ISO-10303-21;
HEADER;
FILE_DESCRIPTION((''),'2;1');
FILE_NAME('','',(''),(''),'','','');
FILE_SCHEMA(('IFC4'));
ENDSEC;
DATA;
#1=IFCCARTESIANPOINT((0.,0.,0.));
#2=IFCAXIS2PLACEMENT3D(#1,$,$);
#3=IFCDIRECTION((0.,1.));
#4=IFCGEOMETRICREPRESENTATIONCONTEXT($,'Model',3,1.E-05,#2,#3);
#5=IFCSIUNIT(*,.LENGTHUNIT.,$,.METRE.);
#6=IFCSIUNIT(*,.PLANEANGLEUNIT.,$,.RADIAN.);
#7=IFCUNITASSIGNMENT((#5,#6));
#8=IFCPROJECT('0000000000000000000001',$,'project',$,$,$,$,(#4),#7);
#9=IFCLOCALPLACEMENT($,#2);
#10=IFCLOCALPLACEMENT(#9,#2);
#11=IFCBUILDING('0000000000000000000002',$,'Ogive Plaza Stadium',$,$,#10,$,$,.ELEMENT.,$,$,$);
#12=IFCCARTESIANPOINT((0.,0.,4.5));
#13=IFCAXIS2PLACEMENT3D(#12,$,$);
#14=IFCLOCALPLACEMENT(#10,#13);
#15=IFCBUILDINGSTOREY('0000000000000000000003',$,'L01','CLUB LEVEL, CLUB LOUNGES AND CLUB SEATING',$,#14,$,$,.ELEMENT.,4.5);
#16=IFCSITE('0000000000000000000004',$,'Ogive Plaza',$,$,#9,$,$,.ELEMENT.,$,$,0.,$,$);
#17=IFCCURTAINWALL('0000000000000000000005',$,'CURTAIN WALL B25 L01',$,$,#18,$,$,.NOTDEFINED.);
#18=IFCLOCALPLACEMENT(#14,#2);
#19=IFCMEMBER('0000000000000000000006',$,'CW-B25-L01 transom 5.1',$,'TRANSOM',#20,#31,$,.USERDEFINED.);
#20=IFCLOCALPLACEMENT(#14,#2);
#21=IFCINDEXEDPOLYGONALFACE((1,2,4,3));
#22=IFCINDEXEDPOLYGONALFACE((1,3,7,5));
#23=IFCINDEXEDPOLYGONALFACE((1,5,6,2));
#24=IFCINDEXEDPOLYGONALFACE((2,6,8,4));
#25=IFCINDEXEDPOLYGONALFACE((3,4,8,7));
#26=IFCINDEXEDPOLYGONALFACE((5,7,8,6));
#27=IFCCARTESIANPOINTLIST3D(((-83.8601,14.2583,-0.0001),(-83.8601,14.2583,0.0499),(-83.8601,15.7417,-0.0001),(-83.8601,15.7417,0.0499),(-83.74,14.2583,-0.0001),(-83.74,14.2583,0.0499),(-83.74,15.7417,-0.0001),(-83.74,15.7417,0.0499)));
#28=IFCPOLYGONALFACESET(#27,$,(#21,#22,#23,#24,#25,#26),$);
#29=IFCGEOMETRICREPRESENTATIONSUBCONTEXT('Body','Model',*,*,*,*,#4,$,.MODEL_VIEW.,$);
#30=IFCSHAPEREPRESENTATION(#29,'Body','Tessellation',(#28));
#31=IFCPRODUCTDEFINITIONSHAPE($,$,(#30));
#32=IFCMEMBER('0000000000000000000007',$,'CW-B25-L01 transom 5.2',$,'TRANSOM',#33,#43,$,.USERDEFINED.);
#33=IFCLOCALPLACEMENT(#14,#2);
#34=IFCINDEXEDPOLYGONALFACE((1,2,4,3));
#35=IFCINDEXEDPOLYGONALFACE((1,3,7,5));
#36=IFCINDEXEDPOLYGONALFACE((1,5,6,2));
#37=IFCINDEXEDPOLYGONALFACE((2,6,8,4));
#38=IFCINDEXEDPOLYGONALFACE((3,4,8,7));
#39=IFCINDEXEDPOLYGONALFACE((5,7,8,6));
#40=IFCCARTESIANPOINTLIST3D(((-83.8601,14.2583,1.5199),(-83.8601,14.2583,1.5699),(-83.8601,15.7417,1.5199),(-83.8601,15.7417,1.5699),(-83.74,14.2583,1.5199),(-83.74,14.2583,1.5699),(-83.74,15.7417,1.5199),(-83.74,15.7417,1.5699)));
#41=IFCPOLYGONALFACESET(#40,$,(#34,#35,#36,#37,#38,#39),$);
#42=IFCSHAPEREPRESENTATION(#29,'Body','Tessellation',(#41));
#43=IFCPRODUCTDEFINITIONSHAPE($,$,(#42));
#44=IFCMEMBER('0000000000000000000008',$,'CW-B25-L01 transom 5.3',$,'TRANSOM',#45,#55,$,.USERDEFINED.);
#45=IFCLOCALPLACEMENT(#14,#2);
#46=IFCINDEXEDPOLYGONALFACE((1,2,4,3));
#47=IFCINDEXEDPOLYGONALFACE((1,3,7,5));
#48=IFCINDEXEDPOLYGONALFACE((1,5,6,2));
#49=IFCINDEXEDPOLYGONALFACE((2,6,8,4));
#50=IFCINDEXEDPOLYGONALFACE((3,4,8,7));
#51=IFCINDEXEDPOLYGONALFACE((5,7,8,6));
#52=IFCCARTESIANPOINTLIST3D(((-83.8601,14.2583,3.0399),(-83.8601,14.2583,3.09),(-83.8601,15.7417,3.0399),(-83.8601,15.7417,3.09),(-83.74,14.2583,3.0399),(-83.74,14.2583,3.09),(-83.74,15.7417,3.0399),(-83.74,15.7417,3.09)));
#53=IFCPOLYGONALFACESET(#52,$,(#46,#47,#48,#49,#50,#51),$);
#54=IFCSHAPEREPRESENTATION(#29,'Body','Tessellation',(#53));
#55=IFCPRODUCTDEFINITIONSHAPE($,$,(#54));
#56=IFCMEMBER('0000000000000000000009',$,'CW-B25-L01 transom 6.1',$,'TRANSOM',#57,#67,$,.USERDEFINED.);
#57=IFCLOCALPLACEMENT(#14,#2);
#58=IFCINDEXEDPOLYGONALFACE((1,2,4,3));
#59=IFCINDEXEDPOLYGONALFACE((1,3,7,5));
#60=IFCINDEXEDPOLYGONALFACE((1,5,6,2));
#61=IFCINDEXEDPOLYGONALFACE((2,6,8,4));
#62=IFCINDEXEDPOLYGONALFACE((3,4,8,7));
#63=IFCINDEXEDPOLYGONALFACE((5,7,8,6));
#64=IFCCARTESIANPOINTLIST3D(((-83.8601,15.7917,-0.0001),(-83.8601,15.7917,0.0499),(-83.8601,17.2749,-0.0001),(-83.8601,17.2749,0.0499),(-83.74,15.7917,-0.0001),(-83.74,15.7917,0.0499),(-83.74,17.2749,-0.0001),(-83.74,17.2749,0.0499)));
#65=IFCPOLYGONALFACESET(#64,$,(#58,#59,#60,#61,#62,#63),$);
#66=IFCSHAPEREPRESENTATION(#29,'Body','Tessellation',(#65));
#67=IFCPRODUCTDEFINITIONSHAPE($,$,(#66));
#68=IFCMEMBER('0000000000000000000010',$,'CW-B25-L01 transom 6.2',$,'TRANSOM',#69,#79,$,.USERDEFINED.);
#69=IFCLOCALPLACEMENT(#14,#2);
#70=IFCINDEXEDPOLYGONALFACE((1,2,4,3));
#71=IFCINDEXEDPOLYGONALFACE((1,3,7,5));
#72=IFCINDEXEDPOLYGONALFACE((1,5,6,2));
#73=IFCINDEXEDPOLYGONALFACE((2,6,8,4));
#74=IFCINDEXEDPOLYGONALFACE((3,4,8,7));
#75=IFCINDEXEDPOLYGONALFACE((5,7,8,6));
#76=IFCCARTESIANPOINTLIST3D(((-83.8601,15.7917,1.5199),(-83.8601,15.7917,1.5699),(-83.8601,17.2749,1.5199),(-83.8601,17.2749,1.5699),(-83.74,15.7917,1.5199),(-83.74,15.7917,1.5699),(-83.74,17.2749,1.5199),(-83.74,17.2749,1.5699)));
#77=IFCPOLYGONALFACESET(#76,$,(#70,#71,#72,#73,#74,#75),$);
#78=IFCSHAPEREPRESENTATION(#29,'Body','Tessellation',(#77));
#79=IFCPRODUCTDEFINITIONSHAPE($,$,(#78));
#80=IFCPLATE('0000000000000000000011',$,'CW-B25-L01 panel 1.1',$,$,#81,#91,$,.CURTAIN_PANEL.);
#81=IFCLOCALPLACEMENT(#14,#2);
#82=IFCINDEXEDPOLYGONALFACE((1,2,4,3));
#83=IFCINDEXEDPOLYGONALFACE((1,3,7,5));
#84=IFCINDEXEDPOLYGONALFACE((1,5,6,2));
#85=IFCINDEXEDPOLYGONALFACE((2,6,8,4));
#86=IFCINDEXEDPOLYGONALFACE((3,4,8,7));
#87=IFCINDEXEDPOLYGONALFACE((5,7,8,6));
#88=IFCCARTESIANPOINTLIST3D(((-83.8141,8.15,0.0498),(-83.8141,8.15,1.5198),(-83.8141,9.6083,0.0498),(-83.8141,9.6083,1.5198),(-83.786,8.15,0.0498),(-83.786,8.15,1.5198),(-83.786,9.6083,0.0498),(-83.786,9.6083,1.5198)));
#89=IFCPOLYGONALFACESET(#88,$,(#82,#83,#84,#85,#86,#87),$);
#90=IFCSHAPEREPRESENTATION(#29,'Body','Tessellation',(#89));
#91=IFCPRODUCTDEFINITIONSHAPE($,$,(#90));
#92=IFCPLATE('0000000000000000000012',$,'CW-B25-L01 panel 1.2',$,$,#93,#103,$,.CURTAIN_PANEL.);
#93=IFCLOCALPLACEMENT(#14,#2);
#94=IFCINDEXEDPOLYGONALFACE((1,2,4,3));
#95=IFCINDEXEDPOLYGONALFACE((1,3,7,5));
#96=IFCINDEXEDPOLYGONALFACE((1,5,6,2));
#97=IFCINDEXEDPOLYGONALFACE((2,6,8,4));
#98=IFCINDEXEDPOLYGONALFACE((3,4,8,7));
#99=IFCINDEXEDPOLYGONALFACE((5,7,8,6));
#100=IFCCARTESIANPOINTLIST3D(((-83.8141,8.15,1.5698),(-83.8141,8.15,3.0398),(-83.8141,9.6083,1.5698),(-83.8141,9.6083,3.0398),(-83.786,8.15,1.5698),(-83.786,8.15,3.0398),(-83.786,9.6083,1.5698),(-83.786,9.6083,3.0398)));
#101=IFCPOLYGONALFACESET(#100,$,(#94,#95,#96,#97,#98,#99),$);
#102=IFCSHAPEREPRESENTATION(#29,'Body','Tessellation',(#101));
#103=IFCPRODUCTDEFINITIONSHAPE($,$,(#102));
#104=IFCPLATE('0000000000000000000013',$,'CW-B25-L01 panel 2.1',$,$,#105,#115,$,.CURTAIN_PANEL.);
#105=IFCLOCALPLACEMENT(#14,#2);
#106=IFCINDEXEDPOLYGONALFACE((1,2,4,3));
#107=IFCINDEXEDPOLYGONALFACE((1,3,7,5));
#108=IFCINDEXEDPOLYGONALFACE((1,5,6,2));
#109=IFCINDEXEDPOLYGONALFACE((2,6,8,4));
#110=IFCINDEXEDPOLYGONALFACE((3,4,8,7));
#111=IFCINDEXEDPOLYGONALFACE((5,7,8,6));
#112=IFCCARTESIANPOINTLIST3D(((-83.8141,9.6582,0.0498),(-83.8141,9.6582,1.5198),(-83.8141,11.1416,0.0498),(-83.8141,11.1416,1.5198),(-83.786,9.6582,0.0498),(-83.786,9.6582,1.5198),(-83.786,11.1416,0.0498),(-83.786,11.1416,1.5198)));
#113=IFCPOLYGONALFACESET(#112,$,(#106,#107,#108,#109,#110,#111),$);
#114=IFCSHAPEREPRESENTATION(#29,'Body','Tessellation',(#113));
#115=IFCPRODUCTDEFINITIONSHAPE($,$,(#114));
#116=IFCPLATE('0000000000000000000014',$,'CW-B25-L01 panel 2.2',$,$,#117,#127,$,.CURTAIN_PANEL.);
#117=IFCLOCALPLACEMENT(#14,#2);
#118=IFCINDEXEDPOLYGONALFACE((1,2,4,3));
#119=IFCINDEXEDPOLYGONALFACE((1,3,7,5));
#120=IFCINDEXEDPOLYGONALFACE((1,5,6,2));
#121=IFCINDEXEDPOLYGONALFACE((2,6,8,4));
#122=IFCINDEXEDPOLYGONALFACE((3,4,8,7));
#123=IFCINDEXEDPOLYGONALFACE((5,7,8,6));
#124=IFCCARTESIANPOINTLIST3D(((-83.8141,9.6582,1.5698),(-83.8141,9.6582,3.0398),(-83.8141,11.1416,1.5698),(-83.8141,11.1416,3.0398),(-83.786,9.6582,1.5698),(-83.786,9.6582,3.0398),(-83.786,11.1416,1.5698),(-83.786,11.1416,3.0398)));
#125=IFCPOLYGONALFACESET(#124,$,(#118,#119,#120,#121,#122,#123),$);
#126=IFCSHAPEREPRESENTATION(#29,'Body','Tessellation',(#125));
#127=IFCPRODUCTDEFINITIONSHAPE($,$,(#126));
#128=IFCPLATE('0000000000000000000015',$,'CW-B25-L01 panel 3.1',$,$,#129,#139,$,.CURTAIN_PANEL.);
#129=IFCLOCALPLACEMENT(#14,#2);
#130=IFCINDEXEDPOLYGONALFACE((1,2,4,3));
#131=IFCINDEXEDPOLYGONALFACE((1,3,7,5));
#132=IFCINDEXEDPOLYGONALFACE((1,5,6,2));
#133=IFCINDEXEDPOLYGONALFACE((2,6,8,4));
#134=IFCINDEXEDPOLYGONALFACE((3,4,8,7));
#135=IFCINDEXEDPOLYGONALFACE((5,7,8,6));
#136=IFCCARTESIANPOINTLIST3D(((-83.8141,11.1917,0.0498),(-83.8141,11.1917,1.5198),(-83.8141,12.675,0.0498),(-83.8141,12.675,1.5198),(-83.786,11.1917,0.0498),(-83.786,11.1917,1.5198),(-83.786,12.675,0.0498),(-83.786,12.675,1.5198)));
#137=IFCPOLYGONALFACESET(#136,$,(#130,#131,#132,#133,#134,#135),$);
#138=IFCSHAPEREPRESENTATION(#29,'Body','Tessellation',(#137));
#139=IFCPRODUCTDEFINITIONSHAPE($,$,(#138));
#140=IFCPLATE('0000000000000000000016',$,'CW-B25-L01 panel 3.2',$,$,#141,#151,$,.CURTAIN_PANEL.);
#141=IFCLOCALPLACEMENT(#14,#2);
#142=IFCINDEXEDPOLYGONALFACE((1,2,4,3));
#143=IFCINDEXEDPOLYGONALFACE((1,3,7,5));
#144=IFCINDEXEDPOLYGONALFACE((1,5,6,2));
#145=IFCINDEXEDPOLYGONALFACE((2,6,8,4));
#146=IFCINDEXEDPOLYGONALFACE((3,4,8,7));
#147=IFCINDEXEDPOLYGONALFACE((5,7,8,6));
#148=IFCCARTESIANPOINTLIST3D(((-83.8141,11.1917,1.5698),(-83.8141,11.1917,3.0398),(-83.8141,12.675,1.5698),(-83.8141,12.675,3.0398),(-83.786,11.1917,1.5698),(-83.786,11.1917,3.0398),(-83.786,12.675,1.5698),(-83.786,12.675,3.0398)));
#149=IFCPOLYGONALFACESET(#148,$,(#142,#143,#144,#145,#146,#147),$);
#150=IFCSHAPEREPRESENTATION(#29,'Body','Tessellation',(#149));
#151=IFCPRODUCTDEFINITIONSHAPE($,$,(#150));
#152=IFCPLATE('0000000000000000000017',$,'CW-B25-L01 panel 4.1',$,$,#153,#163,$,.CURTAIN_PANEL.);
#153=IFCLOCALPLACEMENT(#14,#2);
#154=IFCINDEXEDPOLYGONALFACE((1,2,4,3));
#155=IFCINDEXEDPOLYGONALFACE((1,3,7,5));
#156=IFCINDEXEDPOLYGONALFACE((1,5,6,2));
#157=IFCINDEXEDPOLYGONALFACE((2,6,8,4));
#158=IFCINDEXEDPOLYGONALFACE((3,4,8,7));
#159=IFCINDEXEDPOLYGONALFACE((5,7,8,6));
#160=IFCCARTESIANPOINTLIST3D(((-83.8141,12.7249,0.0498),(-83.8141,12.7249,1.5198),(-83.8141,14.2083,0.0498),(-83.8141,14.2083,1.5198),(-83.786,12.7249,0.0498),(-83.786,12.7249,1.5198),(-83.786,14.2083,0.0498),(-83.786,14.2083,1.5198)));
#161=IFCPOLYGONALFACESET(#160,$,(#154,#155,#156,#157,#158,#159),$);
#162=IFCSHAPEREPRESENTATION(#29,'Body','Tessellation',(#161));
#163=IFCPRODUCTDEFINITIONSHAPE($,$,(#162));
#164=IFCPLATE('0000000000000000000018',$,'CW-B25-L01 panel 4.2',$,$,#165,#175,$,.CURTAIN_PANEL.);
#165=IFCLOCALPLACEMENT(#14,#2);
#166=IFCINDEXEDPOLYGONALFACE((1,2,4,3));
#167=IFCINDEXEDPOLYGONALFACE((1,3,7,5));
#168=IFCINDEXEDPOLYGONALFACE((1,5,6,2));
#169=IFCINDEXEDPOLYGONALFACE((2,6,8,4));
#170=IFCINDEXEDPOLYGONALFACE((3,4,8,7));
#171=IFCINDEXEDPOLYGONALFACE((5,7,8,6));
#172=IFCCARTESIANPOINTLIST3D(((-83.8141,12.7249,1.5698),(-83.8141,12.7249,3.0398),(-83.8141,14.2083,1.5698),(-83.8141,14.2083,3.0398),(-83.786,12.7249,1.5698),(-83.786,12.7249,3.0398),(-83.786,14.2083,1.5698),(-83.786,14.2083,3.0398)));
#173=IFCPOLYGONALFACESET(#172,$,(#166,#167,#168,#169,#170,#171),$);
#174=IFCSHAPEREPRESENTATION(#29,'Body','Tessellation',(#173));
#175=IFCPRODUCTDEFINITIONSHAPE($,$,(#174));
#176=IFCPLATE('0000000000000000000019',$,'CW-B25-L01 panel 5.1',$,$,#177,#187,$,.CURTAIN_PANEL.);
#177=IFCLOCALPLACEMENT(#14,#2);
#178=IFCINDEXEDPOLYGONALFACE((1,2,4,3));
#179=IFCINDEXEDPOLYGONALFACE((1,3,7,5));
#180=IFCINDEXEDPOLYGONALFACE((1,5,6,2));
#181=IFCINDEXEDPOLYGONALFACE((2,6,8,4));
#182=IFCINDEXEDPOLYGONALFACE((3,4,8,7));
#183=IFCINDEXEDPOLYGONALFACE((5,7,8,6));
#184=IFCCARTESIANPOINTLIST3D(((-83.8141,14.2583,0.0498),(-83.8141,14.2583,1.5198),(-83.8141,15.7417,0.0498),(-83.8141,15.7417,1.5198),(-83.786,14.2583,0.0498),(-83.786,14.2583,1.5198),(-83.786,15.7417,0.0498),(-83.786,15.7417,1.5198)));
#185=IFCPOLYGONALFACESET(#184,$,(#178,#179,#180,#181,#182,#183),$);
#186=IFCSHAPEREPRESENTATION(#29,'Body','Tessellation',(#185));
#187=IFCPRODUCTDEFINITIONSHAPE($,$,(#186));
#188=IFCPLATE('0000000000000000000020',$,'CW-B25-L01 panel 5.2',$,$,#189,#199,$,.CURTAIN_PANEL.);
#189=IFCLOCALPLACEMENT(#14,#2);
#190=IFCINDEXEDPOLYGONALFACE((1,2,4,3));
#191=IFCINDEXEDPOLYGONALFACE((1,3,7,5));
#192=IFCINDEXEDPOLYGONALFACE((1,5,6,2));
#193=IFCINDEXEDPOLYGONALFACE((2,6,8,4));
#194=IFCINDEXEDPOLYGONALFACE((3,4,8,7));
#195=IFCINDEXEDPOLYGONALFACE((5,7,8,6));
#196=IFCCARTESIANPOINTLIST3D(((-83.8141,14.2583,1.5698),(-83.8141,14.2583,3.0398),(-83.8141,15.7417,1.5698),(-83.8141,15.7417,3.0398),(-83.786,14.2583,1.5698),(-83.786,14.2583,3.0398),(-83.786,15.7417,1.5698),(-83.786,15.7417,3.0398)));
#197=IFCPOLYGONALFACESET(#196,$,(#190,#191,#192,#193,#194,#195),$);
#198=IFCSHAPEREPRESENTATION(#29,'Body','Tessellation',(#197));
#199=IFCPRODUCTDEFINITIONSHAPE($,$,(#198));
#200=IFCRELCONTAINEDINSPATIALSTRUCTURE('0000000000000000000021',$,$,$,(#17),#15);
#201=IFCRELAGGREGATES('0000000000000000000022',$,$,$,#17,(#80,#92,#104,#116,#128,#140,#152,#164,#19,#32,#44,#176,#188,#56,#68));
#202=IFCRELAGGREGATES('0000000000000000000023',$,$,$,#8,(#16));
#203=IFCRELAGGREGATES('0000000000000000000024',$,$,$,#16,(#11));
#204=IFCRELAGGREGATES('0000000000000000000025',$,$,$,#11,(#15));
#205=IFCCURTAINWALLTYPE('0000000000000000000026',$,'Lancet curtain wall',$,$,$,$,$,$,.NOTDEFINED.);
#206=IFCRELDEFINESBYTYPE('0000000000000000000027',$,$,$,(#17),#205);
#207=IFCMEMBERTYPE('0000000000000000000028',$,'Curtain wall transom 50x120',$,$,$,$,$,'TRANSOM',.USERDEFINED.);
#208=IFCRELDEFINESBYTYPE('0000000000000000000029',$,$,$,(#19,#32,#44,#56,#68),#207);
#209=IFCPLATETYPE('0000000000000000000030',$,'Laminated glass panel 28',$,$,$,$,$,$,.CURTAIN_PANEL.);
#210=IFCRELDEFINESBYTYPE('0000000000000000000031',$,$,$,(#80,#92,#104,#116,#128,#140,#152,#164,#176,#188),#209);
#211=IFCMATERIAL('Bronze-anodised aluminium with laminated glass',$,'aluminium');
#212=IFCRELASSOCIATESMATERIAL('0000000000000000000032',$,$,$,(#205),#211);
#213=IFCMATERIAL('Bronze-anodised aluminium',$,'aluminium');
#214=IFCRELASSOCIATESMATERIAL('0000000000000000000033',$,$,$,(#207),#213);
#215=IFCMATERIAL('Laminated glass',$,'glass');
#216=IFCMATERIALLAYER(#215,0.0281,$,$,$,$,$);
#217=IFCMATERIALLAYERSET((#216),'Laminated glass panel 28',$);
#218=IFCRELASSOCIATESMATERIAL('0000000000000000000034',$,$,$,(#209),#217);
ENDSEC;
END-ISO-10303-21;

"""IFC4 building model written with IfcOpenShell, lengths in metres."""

from ifc_helpers import new_model, si_unit, direction, frame, origin, origin_2d, place, context, subcontext, project, spatial, rectangle, extrude, material, layer, layer_set, material_profile, profile_set, type_object, element, aggregate, save


model = new_model("IFC4")

# Units and contexts
model_context = context("Model", 3, precision=1e-05, world=origin(), true_north=direction((0.0, 1.0)))
body_context = subcontext(model_context, "Body", "Model", "MODEL_VIEW")
ifc_project = project(units=[si_unit("LENGTHUNIT", "METRE"), si_unit("PLANEANGLEUNIT", "RADIAN")], contexts=[model_context])

# Site, building, storey
site_placement = place(None, origin())
site = spatial("IfcSite", under=ifc_project, at=site_placement, Name="Ogive Plaza", CompositionType="ELEMENT", RefElevation=0.0)
building_placement = place(site_placement, origin())
building = spatial("IfcBuilding", under=site, at=building_placement, Name="Ogive Plaza Stadium", CompositionType="ELEMENT")
storey_placement = place(building_placement, frame((0.0, 0.0, 4.5)))
storey = spatial("IfcBuildingStorey", under=building, at=storey_placement, Name="L01", Description="CLUB LEVEL, CLUB LOUNGES AND CLUB SEATING", CompositionType="ELEMENT", Elevation=4.5)

# Curtain wall, members, plates
ifc_material_1 = material(Name="Bronze-anodised aluminium with laminated glass", Category="aluminium")
curtain_wall_type = type_object("IfcCurtainWallType", Name="Lancet curtain wall", PredefinedType="NOTDEFINED", material=ifc_material_1)
curtain_wall_placement = place(storey_placement, origin())
curtain_wall = element("IfcCurtainWall", 1, at=curtain_wall_placement, inside=storey, type_object=curtain_wall_type, Name="CURTAIN WALL B25 L01", PredefinedType="NOTDEFINED")
ifc_material_2 = material(Name="Bronze-anodised aluminium", Category="aluminium")
ifc_material_profile_1 = material_profile(ifc_material_2, rectangle(XDim=0.1201, YDim=0.05, at=origin_2d()), Name="AL 120x50")
ifc_profile_set_1 = profile_set([ifc_material_profile_1], Name="Bronze-anodised aluminium")
member_type_1 = type_object("IfcMemberType", Name="Curtain wall transom 50x120", ElementType="TRANSOM", PredefinedType="USERDEFINED", material=ifc_profile_set_1)
member_1_placement = place(storey_placement, frame((-83.8, 14.2583, 0.0249), z_axis=(0.0, 1.0, 0.0), x_axis=(-1.0, 0.0, 0.0)))
member_1 = element("IfcMember", 2, at=member_1_placement, type_object=member_type_1, Name="CW-B25-L01 transom 5.1", ObjectType="TRANSOM", PredefinedType="USERDEFINED", context=body_context, shape_type="SweptSolid", body=[
    extrude(rectangle(XDim=0.1201, YDim=0.05, at=origin_2d()), origin(), (0.0, 0.0, 1.0), 1.4834),
])
member_2_placement = place(storey_placement, frame((-83.8, 14.2583, 1.5449), z_axis=(0.0, 1.0, 0.0), x_axis=(-1.0, 0.0, 0.0)))
member_2 = element("IfcMember", 3, at=member_2_placement, type_object=member_type_1, Name="CW-B25-L01 transom 5.2", ObjectType="TRANSOM", PredefinedType="USERDEFINED", context=body_context, shape_type="SweptSolid", body=[
    extrude(rectangle(XDim=0.1201, YDim=0.05, at=origin_2d()), origin(), (0.0, 0.0, 1.0), 1.4834),
])
member_3_placement = place(storey_placement, frame((-83.8, 14.2583, 3.0649), z_axis=(0.0, 1.0, 0.0), x_axis=(-1.0, 0.0, 0.0)))
member_3 = element("IfcMember", 4, at=member_3_placement, type_object=member_type_1, Name="CW-B25-L01 transom 5.3", ObjectType="TRANSOM", PredefinedType="USERDEFINED", context=body_context, shape_type="SweptSolid", body=[
    extrude(rectangle(XDim=0.1201, YDim=0.05, at=origin_2d()), origin(), (0.0, 0.0, 1.0), 1.4834),
])
member_4_placement = place(storey_placement, frame((-83.8, 15.7917, 0.0249), z_axis=(0.0, 1.0, 0.0), x_axis=(-1.0, 0.0, 0.0)))
member_4 = element("IfcMember", 5, at=member_4_placement, type_object=member_type_1, Name="CW-B25-L01 transom 6.1", ObjectType="TRANSOM", PredefinedType="USERDEFINED", context=body_context, shape_type="SweptSolid", body=[
    extrude(rectangle(XDim=0.1201, YDim=0.05, at=origin_2d()), origin(), (0.0, 0.0, 1.0), 1.4832),
])
member_5_placement = place(storey_placement, frame((-83.8, 15.7917, 1.5449), z_axis=(0.0, 1.0, 0.0), x_axis=(-1.0, 0.0, 0.0)))
member_5 = element("IfcMember", 6, at=member_5_placement, type_object=member_type_1, Name="CW-B25-L01 transom 6.2", ObjectType="TRANSOM", PredefinedType="USERDEFINED", context=body_context, shape_type="SweptSolid", body=[
    extrude(rectangle(XDim=0.1201, YDim=0.05, at=origin_2d()), origin(), (0.0, 0.0, 1.0), 1.4832),
])
ifc_material_3 = material(Name="Laminated glass", Category="glass")
ifc_layer_1 = layer(ifc_material_3, 0.0281)
ifc_layer_set_1 = layer_set([ifc_layer_1], Name="Laminated glass panel 28")
plate_type = type_object("IfcPlateType", Name="Laminated glass panel 28", PredefinedType="CURTAIN_PANEL", material=ifc_layer_set_1)
plate_1_placement = place(storey_placement, frame((-83.8, 8.8792, 0.0498), z_axis=(0.0, 0.0, 1.0), x_axis=(0.0, 1.0, 0.0)))
plate_1 = element("IfcPlate", 7, at=plate_1_placement, type_object=plate_type, Name="CW-B25-L01 panel 1.1", PredefinedType="CURTAIN_PANEL", context=body_context, shape_type="SweptSolid", body=[
    extrude(rectangle(XDim=1.4583, YDim=0.0281, at=origin_2d()), origin(), (0.0, 0.0, 1.0), 1.47),
])
plate_2_placement = place(storey_placement, frame((-83.8, 8.8792, 1.5698), z_axis=(0.0, 0.0, 1.0), x_axis=(0.0, 1.0, 0.0)))
plate_2 = element("IfcPlate", 8, at=plate_2_placement, type_object=plate_type, Name="CW-B25-L01 panel 1.2", PredefinedType="CURTAIN_PANEL", context=body_context, shape_type="SweptSolid", body=[
    extrude(rectangle(XDim=1.4583, YDim=0.0281, at=origin_2d()), origin(), (0.0, 0.0, 1.0), 1.47),
])
plate_3_placement = place(storey_placement, frame((-83.8, 10.3999, 0.0498), z_axis=(0.0, 0.0, 1.0), x_axis=(0.0, 1.0, 0.0)))
plate_3 = element("IfcPlate", 9, at=plate_3_placement, type_object=plate_type, Name="CW-B25-L01 panel 2.1", PredefinedType="CURTAIN_PANEL", context=body_context, shape_type="SweptSolid", body=[
    extrude(rectangle(XDim=1.4834, YDim=0.0281, at=origin_2d()), origin(), (0.0, 0.0, 1.0), 1.47),
])
plate_4_placement = place(storey_placement, frame((-83.8, 10.3999, 1.5698), z_axis=(0.0, 0.0, 1.0), x_axis=(0.0, 1.0, 0.0)))
plate_4 = element("IfcPlate", 10, at=plate_4_placement, type_object=plate_type, Name="CW-B25-L01 panel 2.2", PredefinedType="CURTAIN_PANEL", context=body_context, shape_type="SweptSolid", body=[
    extrude(rectangle(XDim=1.4834, YDim=0.0281, at=origin_2d()), origin(), (0.0, 0.0, 1.0), 1.47),
])
plate_5_placement = place(storey_placement, frame((-83.8, 11.9333, 0.0498), z_axis=(0.0, 0.0, 1.0), x_axis=(0.0, 1.0, 0.0)))
plate_5 = element("IfcPlate", 11, at=plate_5_placement, type_object=plate_type, Name="CW-B25-L01 panel 3.1", PredefinedType="CURTAIN_PANEL", context=body_context, shape_type="SweptSolid", body=[
    extrude(rectangle(XDim=1.4834, YDim=0.0281, at=origin_2d()), origin(), (0.0, 0.0, 1.0), 1.47),
])
plate_6_placement = place(storey_placement, frame((-83.8, 11.9333, 1.5698), z_axis=(0.0, 0.0, 1.0), x_axis=(0.0, 1.0, 0.0)))
plate_6 = element("IfcPlate", 12, at=plate_6_placement, type_object=plate_type, Name="CW-B25-L01 panel 3.2", PredefinedType="CURTAIN_PANEL", context=body_context, shape_type="SweptSolid", body=[
    extrude(rectangle(XDim=1.4834, YDim=0.0281, at=origin_2d()), origin(), (0.0, 0.0, 1.0), 1.47),
])
plate_7_placement = place(storey_placement, frame((-83.8, 13.4666, 0.0498), z_axis=(0.0, 0.0, 1.0), x_axis=(0.0, 1.0, 0.0)))
plate_7 = element("IfcPlate", 13, at=plate_7_placement, type_object=plate_type, Name="CW-B25-L01 panel 4.1", PredefinedType="CURTAIN_PANEL", context=body_context, shape_type="SweptSolid", body=[
    extrude(rectangle(XDim=1.4834, YDim=0.0281, at=origin_2d()), origin(), (0.0, 0.0, 1.0), 1.47),
])
plate_8_placement = place(storey_placement, frame((-83.8, 13.4666, 1.5698), z_axis=(0.0, 0.0, 1.0), x_axis=(0.0, 1.0, 0.0)))
plate_8 = element("IfcPlate", 14, at=plate_8_placement, type_object=plate_type, Name="CW-B25-L01 panel 4.2", PredefinedType="CURTAIN_PANEL", context=body_context, shape_type="SweptSolid", body=[
    extrude(rectangle(XDim=1.4834, YDim=0.0281, at=origin_2d()), origin(), (0.0, 0.0, 1.0), 1.47),
])
plate_9_placement = place(storey_placement, frame((-83.8, 15.0, 0.0498), z_axis=(0.0, 0.0, 1.0), x_axis=(0.0, 1.0, 0.0)))
plate_9 = element("IfcPlate", 15, at=plate_9_placement, type_object=plate_type, Name="CW-B25-L01 panel 5.1", PredefinedType="CURTAIN_PANEL", context=body_context, shape_type="SweptSolid", body=[
    extrude(rectangle(XDim=1.4834, YDim=0.0281, at=origin_2d()), origin(), (0.0, 0.0, 1.0), 1.47),
])
plate_10_placement = place(storey_placement, frame((-83.8, 15.0, 1.5698), z_axis=(0.0, 0.0, 1.0), x_axis=(0.0, 1.0, 0.0)))
plate_10 = element("IfcPlate", 16, at=plate_10_placement, type_object=plate_type, Name="CW-B25-L01 panel 5.2", PredefinedType="CURTAIN_PANEL", context=body_context, shape_type="SweptSolid", body=[
    extrude(rectangle(XDim=1.4834, YDim=0.0281, at=origin_2d()), origin(), (0.0, 0.0, 1.0), 1.47),
])
aggregate(curtain_wall, [plate_1, plate_2, plate_3, plate_4, plate_5, plate_6, plate_7, plate_8, member_1, member_2, member_3, plate_9, plate_10, member_4, member_5])

save(model, "model.ifc")
